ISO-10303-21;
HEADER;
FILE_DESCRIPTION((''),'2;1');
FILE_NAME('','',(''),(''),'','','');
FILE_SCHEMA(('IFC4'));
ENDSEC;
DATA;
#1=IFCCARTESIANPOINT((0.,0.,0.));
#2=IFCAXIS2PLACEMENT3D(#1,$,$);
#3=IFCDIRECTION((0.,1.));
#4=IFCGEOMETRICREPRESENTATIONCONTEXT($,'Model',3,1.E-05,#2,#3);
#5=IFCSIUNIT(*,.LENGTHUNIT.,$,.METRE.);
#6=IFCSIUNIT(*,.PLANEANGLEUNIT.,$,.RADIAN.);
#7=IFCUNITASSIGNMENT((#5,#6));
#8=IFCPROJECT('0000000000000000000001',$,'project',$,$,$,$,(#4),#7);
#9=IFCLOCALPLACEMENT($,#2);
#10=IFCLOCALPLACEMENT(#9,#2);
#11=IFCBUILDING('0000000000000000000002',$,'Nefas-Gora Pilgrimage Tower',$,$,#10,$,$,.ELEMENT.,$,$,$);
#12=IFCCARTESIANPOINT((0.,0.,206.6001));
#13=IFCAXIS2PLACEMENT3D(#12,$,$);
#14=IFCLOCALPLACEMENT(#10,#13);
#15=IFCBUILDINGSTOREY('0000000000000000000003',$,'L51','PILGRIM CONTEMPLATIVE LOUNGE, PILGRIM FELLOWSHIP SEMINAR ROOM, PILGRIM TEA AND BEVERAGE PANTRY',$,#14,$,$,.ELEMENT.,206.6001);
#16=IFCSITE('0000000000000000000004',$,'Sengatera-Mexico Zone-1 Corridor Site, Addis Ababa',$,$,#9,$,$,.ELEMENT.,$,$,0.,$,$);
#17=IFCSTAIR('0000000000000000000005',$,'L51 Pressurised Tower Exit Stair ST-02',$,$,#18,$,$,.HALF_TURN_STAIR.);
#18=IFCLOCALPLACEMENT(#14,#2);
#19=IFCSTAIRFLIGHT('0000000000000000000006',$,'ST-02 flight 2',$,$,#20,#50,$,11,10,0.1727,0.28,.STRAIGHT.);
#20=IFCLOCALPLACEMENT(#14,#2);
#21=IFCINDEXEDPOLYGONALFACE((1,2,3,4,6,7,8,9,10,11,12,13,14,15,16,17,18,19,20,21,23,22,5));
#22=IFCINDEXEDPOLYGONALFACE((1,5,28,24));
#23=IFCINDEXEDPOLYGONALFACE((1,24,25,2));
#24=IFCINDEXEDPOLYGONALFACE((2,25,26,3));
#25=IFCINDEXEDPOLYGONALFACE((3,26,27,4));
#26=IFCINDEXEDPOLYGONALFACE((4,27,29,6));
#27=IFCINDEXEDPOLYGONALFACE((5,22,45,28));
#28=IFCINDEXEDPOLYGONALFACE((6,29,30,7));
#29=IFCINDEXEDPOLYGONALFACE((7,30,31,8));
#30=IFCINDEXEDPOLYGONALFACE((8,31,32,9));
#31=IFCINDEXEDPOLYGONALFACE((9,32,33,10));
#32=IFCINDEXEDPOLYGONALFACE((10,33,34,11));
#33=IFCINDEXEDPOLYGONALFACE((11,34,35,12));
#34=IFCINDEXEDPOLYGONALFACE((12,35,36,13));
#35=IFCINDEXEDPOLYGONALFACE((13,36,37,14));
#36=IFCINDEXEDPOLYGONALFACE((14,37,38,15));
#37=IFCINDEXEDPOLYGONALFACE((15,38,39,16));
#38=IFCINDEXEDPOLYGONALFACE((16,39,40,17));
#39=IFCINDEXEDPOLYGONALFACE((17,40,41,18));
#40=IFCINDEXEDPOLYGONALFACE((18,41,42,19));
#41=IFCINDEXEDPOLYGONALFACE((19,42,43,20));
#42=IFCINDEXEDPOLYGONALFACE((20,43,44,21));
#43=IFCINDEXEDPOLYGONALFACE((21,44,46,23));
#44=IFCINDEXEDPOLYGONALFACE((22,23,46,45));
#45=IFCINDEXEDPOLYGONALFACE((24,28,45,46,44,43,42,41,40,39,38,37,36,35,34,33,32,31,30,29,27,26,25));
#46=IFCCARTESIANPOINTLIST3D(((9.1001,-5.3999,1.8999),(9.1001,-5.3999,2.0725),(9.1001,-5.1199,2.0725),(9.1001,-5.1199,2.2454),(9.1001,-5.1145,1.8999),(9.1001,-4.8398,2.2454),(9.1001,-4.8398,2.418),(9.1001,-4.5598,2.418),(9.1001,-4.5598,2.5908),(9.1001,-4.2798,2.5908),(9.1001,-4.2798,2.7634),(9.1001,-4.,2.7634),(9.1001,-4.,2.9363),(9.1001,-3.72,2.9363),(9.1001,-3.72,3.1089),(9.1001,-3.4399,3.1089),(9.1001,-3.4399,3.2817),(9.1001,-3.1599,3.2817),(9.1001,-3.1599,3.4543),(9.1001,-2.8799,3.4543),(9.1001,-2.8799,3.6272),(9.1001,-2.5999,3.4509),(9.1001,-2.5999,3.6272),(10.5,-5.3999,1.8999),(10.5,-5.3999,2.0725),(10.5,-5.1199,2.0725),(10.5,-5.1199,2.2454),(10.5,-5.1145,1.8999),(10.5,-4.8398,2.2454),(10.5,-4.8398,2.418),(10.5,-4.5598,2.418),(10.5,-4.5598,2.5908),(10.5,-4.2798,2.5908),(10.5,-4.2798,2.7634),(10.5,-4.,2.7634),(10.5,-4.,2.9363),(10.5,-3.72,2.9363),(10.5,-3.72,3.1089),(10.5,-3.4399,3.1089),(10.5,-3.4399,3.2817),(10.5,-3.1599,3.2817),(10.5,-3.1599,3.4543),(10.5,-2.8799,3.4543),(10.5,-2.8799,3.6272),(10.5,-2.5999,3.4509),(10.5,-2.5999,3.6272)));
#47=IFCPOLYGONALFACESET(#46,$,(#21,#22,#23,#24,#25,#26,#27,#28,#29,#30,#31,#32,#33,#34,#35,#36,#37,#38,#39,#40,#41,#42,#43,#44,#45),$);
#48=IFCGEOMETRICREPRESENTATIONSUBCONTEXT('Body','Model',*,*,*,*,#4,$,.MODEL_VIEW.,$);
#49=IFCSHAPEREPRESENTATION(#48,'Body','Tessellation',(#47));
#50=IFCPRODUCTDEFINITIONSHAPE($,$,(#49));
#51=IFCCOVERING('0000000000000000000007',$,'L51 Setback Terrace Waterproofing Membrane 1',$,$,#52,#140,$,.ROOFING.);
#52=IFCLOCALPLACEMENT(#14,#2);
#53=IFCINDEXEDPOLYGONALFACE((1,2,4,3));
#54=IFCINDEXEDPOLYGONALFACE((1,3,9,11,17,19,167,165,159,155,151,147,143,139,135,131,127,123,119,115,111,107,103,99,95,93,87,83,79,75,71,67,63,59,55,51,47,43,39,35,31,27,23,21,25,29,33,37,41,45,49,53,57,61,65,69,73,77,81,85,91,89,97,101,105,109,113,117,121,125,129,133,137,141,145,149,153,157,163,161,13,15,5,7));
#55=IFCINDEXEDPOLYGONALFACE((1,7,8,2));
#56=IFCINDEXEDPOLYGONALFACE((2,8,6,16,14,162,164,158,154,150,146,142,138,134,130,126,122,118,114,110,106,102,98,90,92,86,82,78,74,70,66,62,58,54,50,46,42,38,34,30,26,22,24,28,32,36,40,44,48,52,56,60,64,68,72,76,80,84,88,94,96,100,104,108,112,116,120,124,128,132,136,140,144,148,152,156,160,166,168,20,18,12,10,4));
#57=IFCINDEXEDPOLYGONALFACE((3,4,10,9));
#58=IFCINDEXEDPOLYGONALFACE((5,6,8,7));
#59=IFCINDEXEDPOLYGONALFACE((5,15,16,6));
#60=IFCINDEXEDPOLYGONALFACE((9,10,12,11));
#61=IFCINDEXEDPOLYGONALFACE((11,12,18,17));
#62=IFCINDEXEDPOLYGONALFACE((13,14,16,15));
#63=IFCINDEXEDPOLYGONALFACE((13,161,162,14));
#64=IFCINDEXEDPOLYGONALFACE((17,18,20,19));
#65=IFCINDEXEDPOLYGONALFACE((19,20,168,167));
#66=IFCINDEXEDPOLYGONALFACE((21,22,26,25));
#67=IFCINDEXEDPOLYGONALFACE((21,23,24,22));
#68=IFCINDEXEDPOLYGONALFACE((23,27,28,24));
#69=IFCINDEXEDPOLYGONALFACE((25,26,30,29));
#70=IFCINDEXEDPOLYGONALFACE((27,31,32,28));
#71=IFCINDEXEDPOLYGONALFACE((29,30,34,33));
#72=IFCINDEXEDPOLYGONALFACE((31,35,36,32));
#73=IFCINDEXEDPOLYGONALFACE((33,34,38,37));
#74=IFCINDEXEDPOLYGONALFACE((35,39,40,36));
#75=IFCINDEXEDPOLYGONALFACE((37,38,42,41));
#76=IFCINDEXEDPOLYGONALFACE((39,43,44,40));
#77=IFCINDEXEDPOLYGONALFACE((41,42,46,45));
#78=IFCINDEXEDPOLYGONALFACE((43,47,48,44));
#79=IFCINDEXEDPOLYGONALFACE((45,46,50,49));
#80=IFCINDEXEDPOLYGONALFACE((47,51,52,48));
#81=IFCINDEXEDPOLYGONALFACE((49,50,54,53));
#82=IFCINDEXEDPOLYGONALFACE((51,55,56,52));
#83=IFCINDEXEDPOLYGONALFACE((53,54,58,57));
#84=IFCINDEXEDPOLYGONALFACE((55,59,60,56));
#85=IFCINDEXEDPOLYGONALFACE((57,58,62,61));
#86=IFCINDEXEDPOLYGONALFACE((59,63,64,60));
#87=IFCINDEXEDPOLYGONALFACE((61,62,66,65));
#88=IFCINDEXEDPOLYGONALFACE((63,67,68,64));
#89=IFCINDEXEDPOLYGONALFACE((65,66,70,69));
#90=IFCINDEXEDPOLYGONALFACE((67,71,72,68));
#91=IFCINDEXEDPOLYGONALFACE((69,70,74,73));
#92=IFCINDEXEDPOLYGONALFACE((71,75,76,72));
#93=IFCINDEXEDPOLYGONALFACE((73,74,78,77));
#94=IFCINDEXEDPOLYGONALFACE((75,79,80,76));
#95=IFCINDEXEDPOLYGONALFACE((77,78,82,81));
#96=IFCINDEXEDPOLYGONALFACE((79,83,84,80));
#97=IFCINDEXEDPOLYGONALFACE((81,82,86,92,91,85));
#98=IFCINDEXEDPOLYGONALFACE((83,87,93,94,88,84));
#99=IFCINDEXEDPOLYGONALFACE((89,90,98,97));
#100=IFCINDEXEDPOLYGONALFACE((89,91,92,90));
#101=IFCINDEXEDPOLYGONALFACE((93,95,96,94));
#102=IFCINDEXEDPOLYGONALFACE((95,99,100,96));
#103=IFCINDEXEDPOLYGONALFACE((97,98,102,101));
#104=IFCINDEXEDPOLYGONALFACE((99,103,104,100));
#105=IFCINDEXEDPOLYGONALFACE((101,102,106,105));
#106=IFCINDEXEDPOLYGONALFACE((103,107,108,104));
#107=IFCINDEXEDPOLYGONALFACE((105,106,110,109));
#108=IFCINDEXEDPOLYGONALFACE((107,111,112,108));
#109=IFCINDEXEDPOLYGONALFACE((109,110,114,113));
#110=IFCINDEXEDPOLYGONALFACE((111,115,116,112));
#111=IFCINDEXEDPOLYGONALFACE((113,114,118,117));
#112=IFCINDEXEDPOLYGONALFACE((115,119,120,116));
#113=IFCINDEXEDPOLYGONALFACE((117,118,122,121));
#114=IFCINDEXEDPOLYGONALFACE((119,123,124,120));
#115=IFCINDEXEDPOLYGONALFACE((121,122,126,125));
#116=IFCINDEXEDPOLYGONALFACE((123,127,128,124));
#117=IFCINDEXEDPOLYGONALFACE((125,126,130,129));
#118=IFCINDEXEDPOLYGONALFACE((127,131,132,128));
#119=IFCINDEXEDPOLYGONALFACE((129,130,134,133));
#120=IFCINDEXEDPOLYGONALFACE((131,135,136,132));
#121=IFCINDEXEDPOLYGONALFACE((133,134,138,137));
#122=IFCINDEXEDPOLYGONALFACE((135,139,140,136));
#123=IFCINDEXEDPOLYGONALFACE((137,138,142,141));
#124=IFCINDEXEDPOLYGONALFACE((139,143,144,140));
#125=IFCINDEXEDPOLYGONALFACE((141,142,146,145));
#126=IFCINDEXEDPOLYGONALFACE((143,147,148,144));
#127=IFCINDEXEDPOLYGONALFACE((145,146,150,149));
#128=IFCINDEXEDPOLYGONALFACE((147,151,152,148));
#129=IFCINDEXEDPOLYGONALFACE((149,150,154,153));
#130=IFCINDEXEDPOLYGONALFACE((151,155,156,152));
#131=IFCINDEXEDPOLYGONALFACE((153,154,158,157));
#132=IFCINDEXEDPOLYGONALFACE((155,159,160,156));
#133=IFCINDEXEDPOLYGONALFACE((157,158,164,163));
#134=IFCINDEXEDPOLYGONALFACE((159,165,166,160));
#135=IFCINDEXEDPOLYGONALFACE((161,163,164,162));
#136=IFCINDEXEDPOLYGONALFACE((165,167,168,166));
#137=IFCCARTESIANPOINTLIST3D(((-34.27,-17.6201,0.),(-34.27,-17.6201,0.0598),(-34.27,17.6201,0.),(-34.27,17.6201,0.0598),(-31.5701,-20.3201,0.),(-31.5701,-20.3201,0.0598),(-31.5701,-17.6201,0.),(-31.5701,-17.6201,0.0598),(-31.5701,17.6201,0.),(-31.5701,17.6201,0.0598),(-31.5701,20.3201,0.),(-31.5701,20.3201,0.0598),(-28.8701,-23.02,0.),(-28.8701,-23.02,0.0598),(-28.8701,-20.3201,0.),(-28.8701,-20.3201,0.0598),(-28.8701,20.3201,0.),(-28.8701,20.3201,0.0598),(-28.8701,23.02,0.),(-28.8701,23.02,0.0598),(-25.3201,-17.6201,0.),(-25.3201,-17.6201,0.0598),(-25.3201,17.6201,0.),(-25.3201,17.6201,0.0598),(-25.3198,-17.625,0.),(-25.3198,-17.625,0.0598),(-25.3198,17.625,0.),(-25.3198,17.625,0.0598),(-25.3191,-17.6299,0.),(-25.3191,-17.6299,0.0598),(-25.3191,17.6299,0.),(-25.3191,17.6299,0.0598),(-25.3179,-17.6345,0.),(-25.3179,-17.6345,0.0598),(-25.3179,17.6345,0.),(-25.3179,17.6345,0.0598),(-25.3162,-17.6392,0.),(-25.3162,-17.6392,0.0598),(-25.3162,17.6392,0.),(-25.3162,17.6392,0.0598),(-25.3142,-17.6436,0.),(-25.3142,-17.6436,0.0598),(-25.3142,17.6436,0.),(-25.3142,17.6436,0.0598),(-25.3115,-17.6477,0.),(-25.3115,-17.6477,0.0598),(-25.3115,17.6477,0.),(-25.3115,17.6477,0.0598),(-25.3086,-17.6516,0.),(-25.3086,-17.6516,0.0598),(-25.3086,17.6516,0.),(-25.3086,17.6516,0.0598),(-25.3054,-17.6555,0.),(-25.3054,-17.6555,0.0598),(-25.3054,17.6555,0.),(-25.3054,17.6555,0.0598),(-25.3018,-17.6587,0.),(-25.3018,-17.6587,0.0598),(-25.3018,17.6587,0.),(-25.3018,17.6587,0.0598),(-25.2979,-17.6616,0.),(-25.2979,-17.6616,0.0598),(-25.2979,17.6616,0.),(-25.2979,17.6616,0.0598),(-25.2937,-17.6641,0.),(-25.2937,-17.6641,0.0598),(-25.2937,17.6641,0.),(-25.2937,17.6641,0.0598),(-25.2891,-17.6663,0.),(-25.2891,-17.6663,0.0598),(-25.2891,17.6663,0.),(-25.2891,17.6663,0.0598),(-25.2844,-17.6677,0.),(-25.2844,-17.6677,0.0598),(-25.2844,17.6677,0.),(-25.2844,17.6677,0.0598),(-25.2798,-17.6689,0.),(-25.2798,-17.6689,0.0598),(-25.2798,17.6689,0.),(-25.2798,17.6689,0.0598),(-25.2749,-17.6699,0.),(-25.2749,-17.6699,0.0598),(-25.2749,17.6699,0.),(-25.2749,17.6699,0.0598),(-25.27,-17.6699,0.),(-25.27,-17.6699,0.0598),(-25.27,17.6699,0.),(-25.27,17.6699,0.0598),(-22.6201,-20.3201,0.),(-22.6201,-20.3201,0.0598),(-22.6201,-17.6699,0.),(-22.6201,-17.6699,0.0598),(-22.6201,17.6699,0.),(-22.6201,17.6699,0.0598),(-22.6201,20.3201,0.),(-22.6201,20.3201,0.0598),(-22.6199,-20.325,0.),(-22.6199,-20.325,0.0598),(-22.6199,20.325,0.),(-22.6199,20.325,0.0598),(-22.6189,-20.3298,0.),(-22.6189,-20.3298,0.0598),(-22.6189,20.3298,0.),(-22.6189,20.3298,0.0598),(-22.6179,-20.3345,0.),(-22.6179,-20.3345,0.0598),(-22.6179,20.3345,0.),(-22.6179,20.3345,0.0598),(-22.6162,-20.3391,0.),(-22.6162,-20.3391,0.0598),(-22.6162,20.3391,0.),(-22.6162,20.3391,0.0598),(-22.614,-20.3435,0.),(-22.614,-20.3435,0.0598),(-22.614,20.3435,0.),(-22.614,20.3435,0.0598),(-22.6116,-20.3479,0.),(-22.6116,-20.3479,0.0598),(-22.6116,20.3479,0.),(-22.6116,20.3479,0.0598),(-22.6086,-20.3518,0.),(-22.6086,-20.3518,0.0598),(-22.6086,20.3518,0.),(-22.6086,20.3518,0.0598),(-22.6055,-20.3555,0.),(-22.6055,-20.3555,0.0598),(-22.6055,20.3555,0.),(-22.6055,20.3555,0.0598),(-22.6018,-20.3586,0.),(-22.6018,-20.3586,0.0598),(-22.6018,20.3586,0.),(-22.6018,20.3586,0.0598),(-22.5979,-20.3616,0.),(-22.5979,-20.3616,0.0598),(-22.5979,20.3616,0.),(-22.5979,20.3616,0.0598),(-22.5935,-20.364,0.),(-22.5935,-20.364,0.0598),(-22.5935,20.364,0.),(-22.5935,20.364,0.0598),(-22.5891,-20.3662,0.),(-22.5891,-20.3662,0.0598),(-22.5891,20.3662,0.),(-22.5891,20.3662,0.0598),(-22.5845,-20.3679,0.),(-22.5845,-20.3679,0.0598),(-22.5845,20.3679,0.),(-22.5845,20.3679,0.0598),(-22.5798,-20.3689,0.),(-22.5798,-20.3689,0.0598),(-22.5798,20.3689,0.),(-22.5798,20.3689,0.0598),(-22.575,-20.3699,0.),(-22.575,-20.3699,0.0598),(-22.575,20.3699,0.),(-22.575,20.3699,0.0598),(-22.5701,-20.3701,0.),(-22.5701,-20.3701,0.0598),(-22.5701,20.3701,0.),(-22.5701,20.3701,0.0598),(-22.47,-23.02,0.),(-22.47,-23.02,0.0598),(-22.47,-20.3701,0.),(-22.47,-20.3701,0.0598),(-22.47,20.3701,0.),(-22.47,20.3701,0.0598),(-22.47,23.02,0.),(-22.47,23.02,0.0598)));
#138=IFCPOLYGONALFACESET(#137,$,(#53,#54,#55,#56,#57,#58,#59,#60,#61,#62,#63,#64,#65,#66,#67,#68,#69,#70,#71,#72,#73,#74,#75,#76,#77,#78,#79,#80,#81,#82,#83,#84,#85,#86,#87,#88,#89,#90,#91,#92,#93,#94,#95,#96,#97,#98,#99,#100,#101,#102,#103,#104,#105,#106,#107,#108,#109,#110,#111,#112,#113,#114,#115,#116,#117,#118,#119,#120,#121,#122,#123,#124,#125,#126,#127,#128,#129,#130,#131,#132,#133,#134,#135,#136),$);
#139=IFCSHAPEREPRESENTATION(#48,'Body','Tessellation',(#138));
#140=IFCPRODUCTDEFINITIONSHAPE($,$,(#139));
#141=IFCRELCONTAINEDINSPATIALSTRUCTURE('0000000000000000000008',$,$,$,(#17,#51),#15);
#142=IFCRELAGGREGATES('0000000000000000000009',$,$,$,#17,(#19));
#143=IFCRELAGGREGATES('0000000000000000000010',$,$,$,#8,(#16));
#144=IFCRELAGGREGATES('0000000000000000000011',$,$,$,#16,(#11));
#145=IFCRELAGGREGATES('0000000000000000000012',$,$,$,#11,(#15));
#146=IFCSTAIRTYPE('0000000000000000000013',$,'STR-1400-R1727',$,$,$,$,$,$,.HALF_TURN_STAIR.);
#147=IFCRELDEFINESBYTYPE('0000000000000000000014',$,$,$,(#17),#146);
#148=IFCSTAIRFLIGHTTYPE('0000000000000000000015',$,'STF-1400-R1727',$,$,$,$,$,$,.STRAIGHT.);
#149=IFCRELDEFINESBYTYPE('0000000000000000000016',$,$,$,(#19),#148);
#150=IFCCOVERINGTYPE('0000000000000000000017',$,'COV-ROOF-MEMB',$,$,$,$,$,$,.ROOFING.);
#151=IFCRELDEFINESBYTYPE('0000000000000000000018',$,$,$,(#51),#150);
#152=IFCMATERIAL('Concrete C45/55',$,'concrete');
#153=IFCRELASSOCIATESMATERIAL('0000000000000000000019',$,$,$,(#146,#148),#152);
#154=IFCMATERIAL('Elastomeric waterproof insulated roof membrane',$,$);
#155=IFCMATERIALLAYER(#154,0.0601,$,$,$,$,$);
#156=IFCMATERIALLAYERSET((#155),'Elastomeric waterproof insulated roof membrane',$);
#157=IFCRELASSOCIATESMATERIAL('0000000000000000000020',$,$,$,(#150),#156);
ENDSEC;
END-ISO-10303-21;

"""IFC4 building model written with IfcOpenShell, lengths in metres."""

from ifc_helpers import new_model, si_unit, direction, frame, origin, place, context, subcontext, project, spatial, polyline, outline, extrude, source, transform, mapped, material, layer, layer_set, type_object, element, aggregate, save


model = new_model("IFC4")

# Units and contexts
model_context = context("Model", 3, precision=1e-05, world=origin(), true_north=direction((0.0, 1.0)))
body_context = subcontext(model_context, "Body", "Model", "MODEL_VIEW")
ifc_project = project(units=[si_unit("LENGTHUNIT", "METRE"), si_unit("PLANEANGLEUNIT", "RADIAN")], contexts=[model_context])

# Site, building, storey
site_placement = place(None, origin())
site = spatial("IfcSite", under=ifc_project, at=site_placement, Name="Sengatera-Mexico Zone-1 Corridor Site, Addis Ababa", CompositionType="ELEMENT", RefElevation=0.0)
building_placement = place(site_placement, origin())
building = spatial("IfcBuilding", under=site, at=building_placement, Name="Nefas-Gora Pilgrimage Tower", CompositionType="ELEMENT")
storey_placement = place(building_placement, frame((0.0, 0.0, 206.6001)))
storey = spatial("IfcBuildingStorey", under=building, at=storey_placement, Name="L51", Description="PILGRIM CONTEMPLATIVE LOUNGE, PILGRIM FELLOWSHIP SEMINAR ROOM, PILGRIM TEA AND BEVERAGE PANTRY", CompositionType="ELEMENT", Elevation=206.6001)

# Shared definitions
ifc_material_1 = material(Name="Concrete C45/55", Category="concrete")

# Shared definitions
stair_type = type_object("IfcStairType", Name="STR-1400-R1727", PredefinedType="HALF_TURN_STAIR", material=ifc_material_1)

# Stair, stair flight
stair_1_placement = place(storey_placement, origin())
stair_1 = element("IfcStair", 1, at=stair_1_placement, inside=storey, type_object=stair_type, Name="L51 Pressurised Tower Exit Stair ST-02", PredefinedType="HALF_TURN_STAIR")
stair_flight_type = type_object("IfcStairFlightType", Name="STF-1400-R1727", PredefinedType="STRAIGHT", material=ifc_material_1)
shared_shape_1 = source(origin(), body_context, "Body", "SweptSolid", [
    extrude(outline(polyline([(0.0, 0.0), (0.0, 0.1726), (0.28, 0.1726), (0.28, 0.3455), (0.5601, 0.3455), (0.5601, 0.5181), (0.8401, 0.5181), (0.8401, 0.6909), (1.1201, 0.6909), (1.1201, 0.8635), (1.3999, 0.8635), (1.3999, 1.0364), (1.6799, 1.0364), (1.6799, 1.209), (1.96, 1.209), (1.96, 1.3818), (2.24, 1.3818), (2.24, 1.5544), (2.52, 1.5544), (2.52, 1.7273), (2.8, 1.7273), (2.8, 1.8999), (2.8, 1.551), (0.2854, 0.0), (0.0, 0.0)])), frame((0.0, 0.7, 0.0), z_axis=(0.0, -1.0, 0.0), x_axis=(1.0, 0.0, 0.0)), (0.0, 0.0, 1.0), 1.3999),
])
stair_flight_1_placement = place(storey_placement, frame((9.8, -5.3999, 1.8999), z_axis=(0.0, 0.0, 1.0), x_axis=(0.0, 1.0, 0.0)))
stair_flight_1 = element("IfcStairFlight", 2, at=stair_flight_1_placement, type_object=stair_flight_type, Name="ST-02 flight 2", NumberOfRisers=11, NumberOfTreads=10, PredefinedType="STRAIGHT", RiserHeight=0.1727, TreadLength=0.28, context=body_context, shape_type="MappedRepresentation", body=[
    mapped(shared_shape_1, transform((0.0, 0.0, 0.0), x_axis=(1.0, 0.0, 0.0), y_axis=(0.0, 1.0, 0.0), z_axis=(0.0, 0.0, 1.0), scale=1.0)),
])
aggregate(stair_1, [stair_flight_1])

# Covering
ifc_material_2 = material(Name="Elastomeric waterproof insulated roof membrane")
ifc_layer_1 = layer(ifc_material_2, 0.0601)
ifc_layer_set_1 = layer_set([ifc_layer_1], Name="Elastomeric waterproof insulated roof membrane")
covering_type = type_object("IfcCoveringType", Name="COV-ROOF-MEMB", PredefinedType="ROOFING", material=ifc_layer_set_1)
covering_placement = place(storey_placement, origin())
element("IfcCovering", 3, at=covering_placement, inside=storey, type_object=covering_type, Name="L51 Setback Terrace Waterproofing Membrane 1", PredefinedType="ROOFING", context=body_context, shape_type="SweptSolid", body=[
    extrude(outline(polyline([(-28.8701, -23.02), (-22.47, -23.02), (-22.47, -20.3701), (-22.5701, -20.3701), (-22.575, -20.3699), (-22.5798, -20.3689), (-22.5845, -20.3679), (-22.5891, -20.3662), (-22.5935, -20.364), (-22.5979, -20.3616), (-22.6018, -20.3586), (-22.6055, -20.3555), (-22.6086, -20.3518), (-22.6116, -20.3479), (-22.614, -20.3435), (-22.6162, -20.3391), (-22.6179, -20.3345), (-22.6189, -20.3298), (-22.6199, -20.325), (-22.6201, -20.3201), (-22.6201, -17.6699), (-25.27, -17.6699), (-25.2749, -17.6699), (-25.2798, -17.6689), (-25.2844, -17.6677), (-25.2891, -17.6663), (-25.2937, -17.6641), (-25.2979, -17.6616), (-25.3018, -17.6587), (-25.3054, -17.6555), (-25.3086, -17.6516), (-25.3115, -17.6477), (-25.3142, -17.6436), (-25.3162, -17.6392), (-25.3179, -17.6345), (-25.3191, -17.6299), (-25.3198, -17.625), (-25.3201, -17.6201), (-25.3201, 17.6201), (-25.3198, 17.625), (-25.3191, 17.6299), (-25.3179, 17.6345), (-25.3162, 17.6392), (-25.3142, 17.6436), (-25.3115, 17.6477), (-25.3086, 17.6516), (-25.3054, 17.6555), (-25.3018, 17.6587), (-25.2979, 17.6616), (-25.2937, 17.6641), (-25.2891, 17.6663), (-25.2844, 17.6677), (-25.2798, 17.6689), (-25.2749, 17.6699), (-25.27, 17.6699), (-22.6201, 17.6699), (-22.6201, 20.3201), (-22.6199, 20.325), (-22.6189, 20.3298), (-22.6179, 20.3345), (-22.6162, 20.3391), (-22.614, 20.3435), (-22.6116, 20.3479), (-22.6086, 20.3518), (-22.6055, 20.3555), (-22.6018, 20.3586), (-22.5979, 20.3616), (-22.5935, 20.364), (-22.5891, 20.3662), (-22.5845, 20.3679), (-22.5798, 20.3689), (-22.575, 20.3699), (-22.5701, 20.3701), (-22.47, 20.3701), (-22.47, 23.02), (-28.8701, 23.02), (-28.8701, 20.3201), (-31.5701, 20.3201), (-31.5701, 17.6201), (-34.27, 17.6201), (-34.27, -17.6201), (-31.5701, -17.6201), (-31.5701, -20.3201), (-28.8701, -20.3201), (-28.8701, -23.02)])), origin(), (0.0, 0.0, 1.0), 0.0598),
])

save(model, "model.ifc")
